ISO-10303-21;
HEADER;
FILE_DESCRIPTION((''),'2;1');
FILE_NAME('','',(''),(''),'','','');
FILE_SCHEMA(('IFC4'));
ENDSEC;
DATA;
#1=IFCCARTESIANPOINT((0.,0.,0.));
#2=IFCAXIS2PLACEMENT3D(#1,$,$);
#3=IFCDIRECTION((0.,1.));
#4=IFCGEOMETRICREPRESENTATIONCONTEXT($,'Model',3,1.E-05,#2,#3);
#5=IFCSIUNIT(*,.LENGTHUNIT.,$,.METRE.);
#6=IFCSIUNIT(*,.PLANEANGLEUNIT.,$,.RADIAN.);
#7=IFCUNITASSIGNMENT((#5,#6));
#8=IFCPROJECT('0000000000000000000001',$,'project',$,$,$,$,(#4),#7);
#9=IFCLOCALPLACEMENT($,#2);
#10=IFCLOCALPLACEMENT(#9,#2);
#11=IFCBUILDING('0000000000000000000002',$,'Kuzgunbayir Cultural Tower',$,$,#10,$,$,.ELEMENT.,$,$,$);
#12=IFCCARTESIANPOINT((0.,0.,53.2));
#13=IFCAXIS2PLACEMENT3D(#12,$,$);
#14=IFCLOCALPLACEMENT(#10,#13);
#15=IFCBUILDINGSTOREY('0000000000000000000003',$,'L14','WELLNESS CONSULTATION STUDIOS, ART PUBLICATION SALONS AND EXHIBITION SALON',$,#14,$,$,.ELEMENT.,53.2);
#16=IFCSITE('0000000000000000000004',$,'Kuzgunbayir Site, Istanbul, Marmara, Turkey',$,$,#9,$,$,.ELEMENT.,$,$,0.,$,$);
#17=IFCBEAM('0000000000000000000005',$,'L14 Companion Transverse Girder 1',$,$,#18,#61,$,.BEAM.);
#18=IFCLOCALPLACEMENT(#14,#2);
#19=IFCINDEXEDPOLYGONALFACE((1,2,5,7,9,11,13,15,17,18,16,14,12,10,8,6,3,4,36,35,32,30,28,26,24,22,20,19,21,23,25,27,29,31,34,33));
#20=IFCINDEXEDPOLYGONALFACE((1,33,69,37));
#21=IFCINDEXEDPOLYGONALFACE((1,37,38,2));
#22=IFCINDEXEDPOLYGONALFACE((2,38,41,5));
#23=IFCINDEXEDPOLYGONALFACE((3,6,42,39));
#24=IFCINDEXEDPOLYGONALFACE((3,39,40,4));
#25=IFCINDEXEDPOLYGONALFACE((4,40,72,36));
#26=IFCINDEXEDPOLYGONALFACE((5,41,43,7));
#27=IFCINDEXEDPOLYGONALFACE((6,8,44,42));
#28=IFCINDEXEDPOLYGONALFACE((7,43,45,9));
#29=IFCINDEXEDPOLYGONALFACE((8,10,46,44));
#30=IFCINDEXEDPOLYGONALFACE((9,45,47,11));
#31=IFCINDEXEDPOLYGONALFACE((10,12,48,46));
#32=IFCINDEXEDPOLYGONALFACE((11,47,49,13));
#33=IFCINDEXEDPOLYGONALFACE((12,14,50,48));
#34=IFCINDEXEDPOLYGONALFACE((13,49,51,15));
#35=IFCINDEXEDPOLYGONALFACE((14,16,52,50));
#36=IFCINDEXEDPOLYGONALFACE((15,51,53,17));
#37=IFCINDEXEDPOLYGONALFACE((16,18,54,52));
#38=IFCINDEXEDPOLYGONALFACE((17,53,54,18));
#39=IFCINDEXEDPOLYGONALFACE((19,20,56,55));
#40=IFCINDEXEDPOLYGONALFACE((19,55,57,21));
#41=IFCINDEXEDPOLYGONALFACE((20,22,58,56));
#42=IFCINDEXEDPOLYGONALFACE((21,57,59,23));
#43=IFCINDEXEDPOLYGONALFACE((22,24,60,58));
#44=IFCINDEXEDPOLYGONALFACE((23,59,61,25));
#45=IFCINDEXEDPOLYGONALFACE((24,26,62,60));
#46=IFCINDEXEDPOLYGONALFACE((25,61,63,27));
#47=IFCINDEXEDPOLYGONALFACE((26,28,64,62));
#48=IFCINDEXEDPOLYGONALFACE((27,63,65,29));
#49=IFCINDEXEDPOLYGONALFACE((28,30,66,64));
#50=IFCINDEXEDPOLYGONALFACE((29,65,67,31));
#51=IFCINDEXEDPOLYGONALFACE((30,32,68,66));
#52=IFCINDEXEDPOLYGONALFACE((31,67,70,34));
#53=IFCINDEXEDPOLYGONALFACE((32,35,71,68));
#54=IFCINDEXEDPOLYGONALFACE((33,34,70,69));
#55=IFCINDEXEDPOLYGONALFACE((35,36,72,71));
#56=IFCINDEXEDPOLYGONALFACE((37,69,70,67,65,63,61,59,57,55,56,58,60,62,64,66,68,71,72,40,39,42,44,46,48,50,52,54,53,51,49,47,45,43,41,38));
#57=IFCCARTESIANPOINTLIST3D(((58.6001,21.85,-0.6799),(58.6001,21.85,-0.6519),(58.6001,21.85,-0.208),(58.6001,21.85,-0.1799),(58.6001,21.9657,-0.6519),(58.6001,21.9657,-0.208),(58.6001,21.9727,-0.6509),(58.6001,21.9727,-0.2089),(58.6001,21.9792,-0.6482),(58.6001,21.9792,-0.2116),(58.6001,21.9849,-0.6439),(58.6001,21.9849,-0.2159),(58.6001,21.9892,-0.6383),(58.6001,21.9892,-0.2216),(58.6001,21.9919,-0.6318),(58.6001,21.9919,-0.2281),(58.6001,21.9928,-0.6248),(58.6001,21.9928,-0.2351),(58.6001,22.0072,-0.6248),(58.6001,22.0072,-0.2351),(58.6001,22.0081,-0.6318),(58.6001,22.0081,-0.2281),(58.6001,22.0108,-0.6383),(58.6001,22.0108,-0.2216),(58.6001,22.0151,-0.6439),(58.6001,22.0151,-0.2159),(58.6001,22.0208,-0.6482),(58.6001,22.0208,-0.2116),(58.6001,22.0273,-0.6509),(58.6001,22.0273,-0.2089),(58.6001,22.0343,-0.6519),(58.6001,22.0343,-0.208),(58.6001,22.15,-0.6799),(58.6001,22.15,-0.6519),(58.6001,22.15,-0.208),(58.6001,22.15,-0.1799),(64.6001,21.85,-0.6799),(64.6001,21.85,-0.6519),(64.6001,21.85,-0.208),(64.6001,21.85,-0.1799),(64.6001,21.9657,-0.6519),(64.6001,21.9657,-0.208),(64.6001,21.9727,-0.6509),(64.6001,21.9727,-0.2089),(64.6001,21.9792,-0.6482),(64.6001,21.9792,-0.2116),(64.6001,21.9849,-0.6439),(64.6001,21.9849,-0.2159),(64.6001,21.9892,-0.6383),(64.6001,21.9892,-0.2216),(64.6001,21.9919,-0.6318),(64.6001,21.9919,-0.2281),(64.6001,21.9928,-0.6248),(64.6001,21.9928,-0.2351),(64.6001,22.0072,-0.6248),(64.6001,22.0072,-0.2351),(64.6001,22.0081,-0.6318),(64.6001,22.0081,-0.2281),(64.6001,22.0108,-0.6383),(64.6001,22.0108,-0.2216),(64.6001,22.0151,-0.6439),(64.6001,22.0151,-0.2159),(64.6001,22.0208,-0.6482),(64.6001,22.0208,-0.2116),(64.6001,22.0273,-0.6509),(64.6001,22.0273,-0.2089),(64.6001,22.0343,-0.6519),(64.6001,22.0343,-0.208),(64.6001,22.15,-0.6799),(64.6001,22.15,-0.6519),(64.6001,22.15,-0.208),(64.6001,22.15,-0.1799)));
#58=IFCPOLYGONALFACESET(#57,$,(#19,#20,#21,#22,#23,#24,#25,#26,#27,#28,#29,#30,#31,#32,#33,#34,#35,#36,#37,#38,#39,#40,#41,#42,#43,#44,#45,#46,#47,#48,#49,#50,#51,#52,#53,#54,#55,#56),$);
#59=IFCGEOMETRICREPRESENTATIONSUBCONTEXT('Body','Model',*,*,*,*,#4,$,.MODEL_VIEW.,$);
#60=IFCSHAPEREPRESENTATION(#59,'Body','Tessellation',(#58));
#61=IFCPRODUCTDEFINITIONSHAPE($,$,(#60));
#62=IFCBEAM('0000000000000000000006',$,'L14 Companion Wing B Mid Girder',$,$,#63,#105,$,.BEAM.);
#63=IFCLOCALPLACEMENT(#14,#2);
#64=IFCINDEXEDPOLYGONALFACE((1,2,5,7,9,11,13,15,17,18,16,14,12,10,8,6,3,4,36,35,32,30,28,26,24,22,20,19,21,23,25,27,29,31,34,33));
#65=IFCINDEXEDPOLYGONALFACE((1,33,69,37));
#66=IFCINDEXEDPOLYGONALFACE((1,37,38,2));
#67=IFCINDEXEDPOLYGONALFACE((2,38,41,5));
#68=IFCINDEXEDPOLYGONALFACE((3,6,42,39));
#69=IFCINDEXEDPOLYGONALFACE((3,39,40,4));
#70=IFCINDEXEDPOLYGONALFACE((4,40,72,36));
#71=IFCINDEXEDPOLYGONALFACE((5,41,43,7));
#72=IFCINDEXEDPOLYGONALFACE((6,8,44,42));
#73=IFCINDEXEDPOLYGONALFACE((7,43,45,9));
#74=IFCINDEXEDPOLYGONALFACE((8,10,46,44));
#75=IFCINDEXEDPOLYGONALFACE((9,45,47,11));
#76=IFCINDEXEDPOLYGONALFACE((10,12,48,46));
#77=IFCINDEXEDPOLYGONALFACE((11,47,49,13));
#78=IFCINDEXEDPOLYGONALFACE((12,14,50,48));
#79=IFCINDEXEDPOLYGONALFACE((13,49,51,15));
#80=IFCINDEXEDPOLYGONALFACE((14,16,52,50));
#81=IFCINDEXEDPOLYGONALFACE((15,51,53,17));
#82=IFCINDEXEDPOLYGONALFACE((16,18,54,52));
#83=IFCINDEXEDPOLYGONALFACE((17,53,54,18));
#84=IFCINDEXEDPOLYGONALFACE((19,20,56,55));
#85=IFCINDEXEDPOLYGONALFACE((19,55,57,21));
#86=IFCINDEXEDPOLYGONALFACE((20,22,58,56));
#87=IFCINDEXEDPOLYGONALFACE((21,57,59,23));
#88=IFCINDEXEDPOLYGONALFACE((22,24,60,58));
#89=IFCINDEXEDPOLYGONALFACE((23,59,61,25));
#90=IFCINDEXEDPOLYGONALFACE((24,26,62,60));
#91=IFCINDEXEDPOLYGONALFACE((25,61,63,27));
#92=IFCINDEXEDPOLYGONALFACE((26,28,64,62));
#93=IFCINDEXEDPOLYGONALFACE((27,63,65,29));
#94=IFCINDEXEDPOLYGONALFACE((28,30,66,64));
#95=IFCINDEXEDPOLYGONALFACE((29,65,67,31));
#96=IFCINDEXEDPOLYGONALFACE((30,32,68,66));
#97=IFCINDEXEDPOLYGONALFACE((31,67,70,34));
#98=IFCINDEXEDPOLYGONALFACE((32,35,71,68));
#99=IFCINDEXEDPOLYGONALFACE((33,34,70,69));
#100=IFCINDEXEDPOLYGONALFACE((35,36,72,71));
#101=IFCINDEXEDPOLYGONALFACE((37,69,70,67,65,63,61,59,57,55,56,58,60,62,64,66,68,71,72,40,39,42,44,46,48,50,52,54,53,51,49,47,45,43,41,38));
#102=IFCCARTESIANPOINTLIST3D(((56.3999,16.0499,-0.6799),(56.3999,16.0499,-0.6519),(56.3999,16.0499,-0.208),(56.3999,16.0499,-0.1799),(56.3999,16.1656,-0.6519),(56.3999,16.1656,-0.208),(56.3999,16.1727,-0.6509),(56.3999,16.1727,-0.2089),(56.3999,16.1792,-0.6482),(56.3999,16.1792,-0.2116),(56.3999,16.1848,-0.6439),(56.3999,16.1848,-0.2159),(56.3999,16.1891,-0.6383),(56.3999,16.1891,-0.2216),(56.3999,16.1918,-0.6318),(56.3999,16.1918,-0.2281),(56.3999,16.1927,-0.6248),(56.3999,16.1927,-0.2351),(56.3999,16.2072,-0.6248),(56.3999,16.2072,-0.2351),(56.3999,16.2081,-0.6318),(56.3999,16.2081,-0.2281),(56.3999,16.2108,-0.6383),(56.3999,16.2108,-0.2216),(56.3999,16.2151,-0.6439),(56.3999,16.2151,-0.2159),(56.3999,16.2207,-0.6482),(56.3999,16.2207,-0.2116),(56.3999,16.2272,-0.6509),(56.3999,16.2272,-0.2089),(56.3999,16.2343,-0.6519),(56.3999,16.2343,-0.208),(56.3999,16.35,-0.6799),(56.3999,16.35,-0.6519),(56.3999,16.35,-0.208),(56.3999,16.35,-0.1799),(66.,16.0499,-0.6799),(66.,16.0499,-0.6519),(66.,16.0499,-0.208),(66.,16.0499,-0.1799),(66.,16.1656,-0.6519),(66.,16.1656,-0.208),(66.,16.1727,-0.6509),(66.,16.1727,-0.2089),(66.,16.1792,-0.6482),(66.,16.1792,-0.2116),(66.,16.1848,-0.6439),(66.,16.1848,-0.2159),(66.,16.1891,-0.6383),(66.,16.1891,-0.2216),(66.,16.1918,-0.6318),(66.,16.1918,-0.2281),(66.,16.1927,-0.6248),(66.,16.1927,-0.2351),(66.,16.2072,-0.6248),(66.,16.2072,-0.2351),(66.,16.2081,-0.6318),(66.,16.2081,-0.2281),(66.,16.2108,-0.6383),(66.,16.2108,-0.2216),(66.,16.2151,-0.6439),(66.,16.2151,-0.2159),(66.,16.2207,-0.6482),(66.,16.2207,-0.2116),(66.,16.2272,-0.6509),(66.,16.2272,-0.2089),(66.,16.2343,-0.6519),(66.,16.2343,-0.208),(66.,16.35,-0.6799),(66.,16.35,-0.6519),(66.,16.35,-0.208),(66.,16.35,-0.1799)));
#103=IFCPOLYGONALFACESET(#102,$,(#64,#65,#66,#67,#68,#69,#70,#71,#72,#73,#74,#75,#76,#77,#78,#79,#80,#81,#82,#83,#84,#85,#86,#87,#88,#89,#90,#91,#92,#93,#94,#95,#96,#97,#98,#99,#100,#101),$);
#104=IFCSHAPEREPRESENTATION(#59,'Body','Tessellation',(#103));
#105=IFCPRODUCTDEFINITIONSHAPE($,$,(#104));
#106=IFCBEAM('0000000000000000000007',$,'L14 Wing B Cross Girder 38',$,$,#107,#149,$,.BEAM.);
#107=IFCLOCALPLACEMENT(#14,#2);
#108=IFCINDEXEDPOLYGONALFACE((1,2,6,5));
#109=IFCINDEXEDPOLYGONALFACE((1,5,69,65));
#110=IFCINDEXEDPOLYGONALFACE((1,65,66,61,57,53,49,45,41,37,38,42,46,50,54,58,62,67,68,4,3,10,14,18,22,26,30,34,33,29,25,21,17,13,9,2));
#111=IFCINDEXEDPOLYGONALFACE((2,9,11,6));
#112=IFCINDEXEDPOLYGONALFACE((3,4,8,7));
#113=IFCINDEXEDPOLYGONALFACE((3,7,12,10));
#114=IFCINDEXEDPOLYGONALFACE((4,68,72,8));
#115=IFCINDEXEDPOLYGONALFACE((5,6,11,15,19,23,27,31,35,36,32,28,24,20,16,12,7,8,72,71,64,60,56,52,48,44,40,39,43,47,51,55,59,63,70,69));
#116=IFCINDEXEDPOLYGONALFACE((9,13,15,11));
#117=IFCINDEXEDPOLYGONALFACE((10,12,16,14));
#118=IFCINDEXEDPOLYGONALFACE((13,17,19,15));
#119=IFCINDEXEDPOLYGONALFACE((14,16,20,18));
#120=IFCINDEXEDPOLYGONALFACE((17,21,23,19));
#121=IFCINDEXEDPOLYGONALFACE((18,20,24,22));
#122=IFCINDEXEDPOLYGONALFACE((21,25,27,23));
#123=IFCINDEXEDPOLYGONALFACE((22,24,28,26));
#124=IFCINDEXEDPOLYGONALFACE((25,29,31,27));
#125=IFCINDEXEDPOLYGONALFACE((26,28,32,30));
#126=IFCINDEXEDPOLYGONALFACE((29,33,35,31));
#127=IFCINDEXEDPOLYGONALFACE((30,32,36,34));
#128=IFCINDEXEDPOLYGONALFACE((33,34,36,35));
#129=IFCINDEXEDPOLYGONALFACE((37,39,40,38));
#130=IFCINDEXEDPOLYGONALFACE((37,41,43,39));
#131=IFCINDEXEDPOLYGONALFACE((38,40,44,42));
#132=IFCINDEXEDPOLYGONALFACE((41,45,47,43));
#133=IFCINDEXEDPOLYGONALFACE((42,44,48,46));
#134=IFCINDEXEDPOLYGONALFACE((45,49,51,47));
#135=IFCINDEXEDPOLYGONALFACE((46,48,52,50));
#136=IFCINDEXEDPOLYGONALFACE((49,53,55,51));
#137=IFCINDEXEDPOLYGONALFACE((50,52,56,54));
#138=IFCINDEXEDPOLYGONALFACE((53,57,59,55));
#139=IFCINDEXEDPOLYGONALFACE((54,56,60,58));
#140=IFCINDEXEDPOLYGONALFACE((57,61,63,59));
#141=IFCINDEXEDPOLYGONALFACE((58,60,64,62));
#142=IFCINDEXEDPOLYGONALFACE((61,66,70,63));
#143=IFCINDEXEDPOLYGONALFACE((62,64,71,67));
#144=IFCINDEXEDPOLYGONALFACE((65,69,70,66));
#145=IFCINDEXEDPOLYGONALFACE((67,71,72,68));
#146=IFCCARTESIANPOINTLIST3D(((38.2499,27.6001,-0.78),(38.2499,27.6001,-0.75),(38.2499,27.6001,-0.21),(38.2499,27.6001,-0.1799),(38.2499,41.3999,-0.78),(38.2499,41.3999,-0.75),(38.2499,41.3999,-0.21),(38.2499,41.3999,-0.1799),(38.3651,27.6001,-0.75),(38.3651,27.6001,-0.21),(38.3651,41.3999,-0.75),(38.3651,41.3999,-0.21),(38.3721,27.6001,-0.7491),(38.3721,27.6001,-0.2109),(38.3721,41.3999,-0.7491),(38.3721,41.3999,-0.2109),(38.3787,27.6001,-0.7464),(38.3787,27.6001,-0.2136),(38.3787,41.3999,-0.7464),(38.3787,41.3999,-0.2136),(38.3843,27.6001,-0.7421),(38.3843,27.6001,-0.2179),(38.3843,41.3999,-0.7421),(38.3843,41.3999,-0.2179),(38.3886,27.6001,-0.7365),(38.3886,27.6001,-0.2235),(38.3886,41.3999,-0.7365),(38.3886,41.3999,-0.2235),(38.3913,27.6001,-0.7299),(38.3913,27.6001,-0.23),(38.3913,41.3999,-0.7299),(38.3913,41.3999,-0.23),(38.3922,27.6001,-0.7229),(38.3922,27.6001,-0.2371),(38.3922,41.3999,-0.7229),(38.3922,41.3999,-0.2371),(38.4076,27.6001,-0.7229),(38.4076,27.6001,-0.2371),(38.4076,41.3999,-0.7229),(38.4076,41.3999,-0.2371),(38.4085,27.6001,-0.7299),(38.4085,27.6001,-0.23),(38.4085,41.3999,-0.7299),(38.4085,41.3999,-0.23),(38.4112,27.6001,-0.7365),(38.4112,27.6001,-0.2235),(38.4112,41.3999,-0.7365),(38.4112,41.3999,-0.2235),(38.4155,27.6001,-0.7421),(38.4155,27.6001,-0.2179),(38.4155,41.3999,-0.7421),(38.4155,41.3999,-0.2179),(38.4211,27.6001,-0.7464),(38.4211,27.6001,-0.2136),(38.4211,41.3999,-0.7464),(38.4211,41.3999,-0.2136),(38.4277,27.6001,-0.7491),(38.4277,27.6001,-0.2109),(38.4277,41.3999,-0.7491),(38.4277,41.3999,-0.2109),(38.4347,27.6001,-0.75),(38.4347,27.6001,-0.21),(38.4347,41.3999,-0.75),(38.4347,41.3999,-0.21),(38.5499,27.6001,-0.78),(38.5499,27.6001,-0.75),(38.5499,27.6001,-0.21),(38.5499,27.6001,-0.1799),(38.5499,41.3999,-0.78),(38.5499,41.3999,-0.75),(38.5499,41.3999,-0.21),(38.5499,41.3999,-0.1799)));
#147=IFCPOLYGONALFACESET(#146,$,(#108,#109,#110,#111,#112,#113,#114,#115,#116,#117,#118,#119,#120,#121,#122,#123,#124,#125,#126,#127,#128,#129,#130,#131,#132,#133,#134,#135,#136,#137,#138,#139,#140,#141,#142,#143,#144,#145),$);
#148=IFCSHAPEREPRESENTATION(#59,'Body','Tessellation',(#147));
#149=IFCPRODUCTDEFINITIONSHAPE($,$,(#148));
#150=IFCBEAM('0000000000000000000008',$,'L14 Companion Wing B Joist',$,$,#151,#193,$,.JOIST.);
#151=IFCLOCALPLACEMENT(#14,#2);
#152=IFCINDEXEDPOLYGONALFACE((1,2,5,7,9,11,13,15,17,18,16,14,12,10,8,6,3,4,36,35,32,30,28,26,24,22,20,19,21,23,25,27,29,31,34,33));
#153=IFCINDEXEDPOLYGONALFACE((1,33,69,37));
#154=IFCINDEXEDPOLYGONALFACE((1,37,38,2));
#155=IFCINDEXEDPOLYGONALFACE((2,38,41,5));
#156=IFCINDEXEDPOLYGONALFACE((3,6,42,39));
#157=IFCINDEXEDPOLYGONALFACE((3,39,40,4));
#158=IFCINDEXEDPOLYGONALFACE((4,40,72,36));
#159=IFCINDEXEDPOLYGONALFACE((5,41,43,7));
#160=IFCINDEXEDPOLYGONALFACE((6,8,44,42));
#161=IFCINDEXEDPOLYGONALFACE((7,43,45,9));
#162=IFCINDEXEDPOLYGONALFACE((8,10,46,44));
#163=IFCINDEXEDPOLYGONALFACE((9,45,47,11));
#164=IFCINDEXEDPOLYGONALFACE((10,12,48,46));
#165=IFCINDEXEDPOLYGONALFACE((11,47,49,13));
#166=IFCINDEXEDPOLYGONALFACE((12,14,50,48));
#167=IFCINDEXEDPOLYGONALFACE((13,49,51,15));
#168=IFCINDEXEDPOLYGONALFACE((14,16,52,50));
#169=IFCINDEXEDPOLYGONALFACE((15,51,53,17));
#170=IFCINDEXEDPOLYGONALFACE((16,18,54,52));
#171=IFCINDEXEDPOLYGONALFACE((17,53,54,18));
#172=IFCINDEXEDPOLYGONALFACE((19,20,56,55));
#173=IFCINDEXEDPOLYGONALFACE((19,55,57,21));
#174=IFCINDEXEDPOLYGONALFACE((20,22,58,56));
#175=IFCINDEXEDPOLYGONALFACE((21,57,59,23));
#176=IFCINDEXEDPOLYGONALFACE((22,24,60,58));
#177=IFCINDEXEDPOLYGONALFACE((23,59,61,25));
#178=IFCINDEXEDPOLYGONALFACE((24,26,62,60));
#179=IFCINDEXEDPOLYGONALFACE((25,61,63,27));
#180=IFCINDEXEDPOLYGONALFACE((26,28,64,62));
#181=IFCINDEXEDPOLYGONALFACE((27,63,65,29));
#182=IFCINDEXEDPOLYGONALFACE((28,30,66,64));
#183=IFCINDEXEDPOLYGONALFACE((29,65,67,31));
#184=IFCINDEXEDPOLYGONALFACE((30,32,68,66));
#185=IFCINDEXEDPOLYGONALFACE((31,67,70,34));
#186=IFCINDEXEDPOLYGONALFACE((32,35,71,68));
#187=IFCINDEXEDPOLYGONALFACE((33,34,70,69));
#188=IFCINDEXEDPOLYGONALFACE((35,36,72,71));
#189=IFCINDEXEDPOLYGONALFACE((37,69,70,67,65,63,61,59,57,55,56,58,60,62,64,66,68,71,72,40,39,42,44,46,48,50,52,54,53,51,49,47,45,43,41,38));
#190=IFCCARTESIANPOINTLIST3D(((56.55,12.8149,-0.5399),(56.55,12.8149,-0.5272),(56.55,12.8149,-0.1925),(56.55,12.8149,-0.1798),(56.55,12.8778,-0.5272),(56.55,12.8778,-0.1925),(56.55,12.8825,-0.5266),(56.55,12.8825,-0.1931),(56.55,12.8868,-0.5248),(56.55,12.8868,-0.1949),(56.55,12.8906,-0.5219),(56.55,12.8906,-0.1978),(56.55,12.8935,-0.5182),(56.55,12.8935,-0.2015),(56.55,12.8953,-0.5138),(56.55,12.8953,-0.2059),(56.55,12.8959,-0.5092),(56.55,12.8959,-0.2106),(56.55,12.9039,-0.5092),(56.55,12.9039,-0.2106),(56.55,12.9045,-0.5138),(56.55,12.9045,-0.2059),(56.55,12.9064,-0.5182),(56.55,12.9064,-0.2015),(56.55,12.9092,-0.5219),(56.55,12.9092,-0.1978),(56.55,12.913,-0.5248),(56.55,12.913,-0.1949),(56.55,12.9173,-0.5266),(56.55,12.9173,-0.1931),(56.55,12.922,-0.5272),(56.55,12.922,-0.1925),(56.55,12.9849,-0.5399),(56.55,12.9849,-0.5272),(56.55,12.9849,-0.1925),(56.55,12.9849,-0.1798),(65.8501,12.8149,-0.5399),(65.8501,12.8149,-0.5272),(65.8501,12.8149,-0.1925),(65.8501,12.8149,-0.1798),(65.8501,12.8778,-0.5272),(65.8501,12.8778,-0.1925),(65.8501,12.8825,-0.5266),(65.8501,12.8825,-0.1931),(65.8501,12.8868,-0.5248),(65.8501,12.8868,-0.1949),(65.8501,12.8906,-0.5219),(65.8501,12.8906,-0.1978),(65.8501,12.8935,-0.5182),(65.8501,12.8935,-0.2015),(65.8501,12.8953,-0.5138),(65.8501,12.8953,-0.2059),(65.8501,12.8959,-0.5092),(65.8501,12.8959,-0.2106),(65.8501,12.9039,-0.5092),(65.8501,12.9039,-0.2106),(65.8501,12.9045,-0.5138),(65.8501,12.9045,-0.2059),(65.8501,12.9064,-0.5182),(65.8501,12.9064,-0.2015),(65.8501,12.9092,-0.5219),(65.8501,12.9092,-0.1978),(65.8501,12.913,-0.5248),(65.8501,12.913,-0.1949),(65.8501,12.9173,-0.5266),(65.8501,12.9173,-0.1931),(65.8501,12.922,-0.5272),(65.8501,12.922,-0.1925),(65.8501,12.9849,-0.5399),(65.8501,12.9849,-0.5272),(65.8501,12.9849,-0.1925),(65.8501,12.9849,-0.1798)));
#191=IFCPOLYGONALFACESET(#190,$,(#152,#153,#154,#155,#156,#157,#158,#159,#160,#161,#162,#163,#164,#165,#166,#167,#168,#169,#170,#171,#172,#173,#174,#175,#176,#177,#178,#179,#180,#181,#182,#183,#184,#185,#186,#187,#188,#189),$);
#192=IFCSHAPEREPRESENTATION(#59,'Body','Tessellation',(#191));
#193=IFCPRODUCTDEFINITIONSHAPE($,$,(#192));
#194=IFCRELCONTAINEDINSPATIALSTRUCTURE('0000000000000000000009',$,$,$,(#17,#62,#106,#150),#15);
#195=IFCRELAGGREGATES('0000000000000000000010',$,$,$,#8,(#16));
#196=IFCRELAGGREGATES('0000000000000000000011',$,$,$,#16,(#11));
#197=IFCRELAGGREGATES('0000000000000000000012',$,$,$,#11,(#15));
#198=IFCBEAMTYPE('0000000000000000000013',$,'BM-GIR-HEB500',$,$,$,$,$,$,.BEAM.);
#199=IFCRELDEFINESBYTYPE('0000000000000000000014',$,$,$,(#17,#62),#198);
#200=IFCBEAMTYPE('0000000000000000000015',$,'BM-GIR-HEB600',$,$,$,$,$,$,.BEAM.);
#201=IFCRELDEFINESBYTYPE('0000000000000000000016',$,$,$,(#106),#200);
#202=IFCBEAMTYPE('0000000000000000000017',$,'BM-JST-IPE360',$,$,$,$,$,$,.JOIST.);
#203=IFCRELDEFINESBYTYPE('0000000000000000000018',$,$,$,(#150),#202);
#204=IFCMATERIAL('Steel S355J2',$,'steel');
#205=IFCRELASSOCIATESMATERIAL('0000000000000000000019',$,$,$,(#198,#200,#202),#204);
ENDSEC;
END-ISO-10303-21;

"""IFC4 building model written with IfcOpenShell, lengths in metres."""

from ifc_helpers import new_model, si_unit, direction, frame, origin, origin_2d, place, context, subcontext, project, spatial, i_section, extrude, material, material_profile, profile_set, type_object, element, save


model = new_model("IFC4")

# Units and contexts
model_context = context("Model", 3, precision=1e-05, world=origin(), true_north=direction((0.0, 1.0)))
body_context = subcontext(model_context, "Body", "Model", "MODEL_VIEW")
ifc_project = project(units=[si_unit("LENGTHUNIT", "METRE"), si_unit("PLANEANGLEUNIT", "RADIAN")], contexts=[model_context])

# Site, building, storey
site_placement = place(None, origin())
site = spatial("IfcSite", under=ifc_project, at=site_placement, Name="Kuzgunbayir Site, Istanbul, Marmara, Turkey", CompositionType="ELEMENT", RefElevation=0.0)
building_placement = place(site_placement, origin())
building = spatial("IfcBuilding", under=site, at=building_placement, Name="Kuzgunbayir Cultural Tower", CompositionType="ELEMENT")
storey_placement = place(building_placement, frame((0.0, 0.0, 53.2)))
storey = spatial("IfcBuildingStorey", under=building, at=storey_placement, Name="L14", Description="WELLNESS CONSULTATION STUDIOS, ART PUBLICATION SALONS AND EXHIBITION SALON", CompositionType="ELEMENT", Elevation=53.2)

# Beams
ifc_material_1 = material(Name="Steel S355J2", Category="steel")
ifc_material_profile_1 = material_profile(ifc_material_1, i_section(OverallWidth=0.3, OverallDepth=0.5, WebThickness=0.0144, FlangeThickness=0.0281, FilletRadius=0.0271, at=origin_2d()), Name="HEB 500")
ifc_profile_set_1 = profile_set([ifc_material_profile_1], Name="Steel S355J2")
beam_type_1 = type_object("IfcBeamType", Name="BM-GIR-HEB500", PredefinedType="BEAM", material=ifc_profile_set_1)
beam_1_placement = place(storey_placement, frame((58.6001, 22.0, -0.4299), z_axis=(1.0, 0.0, 0.0), x_axis=(0.0, 1.0, 0.0)))
element("IfcBeam", 1, at=beam_1_placement, inside=storey, type_object=beam_type_1, Name="L14 Companion Transverse Girder 1", PredefinedType="BEAM", context=body_context, shape_type="SweptSolid", body=[
    extrude(i_section(OverallWidth=0.3, OverallDepth=0.5, WebThickness=0.0144, FlangeThickness=0.0281, FilletRadius=0.0271, at=origin_2d()), origin(), (0.0, 0.0, 1.0), 6.0),
])
beam_2_placement = place(storey_placement, frame((56.3999, 16.2, -0.4299), z_axis=(1.0, 0.0, 0.0), x_axis=(0.0, 1.0, 0.0)))
element("IfcBeam", 2, at=beam_2_placement, inside=storey, type_object=beam_type_1, Name="L14 Companion Wing B Mid Girder", PredefinedType="BEAM", context=body_context, shape_type="SweptSolid", body=[
    extrude(i_section(OverallWidth=0.3, OverallDepth=0.5, WebThickness=0.0144, FlangeThickness=0.0281, FilletRadius=0.0271, at=origin_2d()), origin(), (0.0, 0.0, 1.0), 9.6001),
])
ifc_material_profile_2 = material_profile(ifc_material_1, i_section(OverallWidth=0.3, OverallDepth=0.6001, WebThickness=0.0154, FlangeThickness=0.03, FilletRadius=0.0271, at=origin_2d()), Name="HEB 600")
ifc_profile_set_2 = profile_set([ifc_material_profile_2], Name="Steel S355J2")
beam_type_2 = type_object("IfcBeamType", Name="BM-GIR-HEB600", PredefinedType="BEAM", material=ifc_profile_set_2)
beam_3_placement = place(storey_placement, frame((38.3999, 27.6001, -0.48), z_axis=(0.0, 1.0, 0.0), x_axis=(-1.0, 0.0, 0.0)))
element("IfcBeam", 3, at=beam_3_placement, inside=storey, type_object=beam_type_2, Name="L14 Wing B Cross Girder 38", PredefinedType="BEAM", context=body_context, shape_type="SweptSolid", body=[
    extrude(i_section(OverallWidth=0.3, OverallDepth=0.6001, WebThickness=0.0154, FlangeThickness=0.03, FilletRadius=0.0271, at=origin_2d()), origin(), (0.0, 0.0, 1.0), 13.7998),
])
ifc_material_profile_3 = material_profile(ifc_material_1, i_section(OverallWidth=0.1699, OverallDepth=0.3601, WebThickness=0.0081, FlangeThickness=0.0127, FilletRadius=0.0181, at=origin_2d()), Name="IPE 360")
ifc_profile_set_3 = profile_set([ifc_material_profile_3], Name="Steel S355J2")
beam_type_3 = type_object("IfcBeamType", Name="BM-JST-IPE360", PredefinedType="JOIST", material=ifc_profile_set_3)
beam_4_placement = place(storey_placement, frame((56.55, 12.8999, -0.3599), z_axis=(1.0, 0.0, 0.0), x_axis=(0.0, 1.0, 0.0)))
element("IfcBeam", 4, at=beam_4_placement, inside=storey, type_object=beam_type_3, Name="L14 Companion Wing B Joist", PredefinedType="JOIST", context=body_context, shape_type="SweptSolid", body=[
    extrude(i_section(OverallWidth=0.1699, OverallDepth=0.3601, WebThickness=0.0081, FlangeThickness=0.0127, FilletRadius=0.0181, at=origin_2d()), origin(), (0.0, 0.0, 1.0), 9.3),
])

save(model, "model.ifc")
